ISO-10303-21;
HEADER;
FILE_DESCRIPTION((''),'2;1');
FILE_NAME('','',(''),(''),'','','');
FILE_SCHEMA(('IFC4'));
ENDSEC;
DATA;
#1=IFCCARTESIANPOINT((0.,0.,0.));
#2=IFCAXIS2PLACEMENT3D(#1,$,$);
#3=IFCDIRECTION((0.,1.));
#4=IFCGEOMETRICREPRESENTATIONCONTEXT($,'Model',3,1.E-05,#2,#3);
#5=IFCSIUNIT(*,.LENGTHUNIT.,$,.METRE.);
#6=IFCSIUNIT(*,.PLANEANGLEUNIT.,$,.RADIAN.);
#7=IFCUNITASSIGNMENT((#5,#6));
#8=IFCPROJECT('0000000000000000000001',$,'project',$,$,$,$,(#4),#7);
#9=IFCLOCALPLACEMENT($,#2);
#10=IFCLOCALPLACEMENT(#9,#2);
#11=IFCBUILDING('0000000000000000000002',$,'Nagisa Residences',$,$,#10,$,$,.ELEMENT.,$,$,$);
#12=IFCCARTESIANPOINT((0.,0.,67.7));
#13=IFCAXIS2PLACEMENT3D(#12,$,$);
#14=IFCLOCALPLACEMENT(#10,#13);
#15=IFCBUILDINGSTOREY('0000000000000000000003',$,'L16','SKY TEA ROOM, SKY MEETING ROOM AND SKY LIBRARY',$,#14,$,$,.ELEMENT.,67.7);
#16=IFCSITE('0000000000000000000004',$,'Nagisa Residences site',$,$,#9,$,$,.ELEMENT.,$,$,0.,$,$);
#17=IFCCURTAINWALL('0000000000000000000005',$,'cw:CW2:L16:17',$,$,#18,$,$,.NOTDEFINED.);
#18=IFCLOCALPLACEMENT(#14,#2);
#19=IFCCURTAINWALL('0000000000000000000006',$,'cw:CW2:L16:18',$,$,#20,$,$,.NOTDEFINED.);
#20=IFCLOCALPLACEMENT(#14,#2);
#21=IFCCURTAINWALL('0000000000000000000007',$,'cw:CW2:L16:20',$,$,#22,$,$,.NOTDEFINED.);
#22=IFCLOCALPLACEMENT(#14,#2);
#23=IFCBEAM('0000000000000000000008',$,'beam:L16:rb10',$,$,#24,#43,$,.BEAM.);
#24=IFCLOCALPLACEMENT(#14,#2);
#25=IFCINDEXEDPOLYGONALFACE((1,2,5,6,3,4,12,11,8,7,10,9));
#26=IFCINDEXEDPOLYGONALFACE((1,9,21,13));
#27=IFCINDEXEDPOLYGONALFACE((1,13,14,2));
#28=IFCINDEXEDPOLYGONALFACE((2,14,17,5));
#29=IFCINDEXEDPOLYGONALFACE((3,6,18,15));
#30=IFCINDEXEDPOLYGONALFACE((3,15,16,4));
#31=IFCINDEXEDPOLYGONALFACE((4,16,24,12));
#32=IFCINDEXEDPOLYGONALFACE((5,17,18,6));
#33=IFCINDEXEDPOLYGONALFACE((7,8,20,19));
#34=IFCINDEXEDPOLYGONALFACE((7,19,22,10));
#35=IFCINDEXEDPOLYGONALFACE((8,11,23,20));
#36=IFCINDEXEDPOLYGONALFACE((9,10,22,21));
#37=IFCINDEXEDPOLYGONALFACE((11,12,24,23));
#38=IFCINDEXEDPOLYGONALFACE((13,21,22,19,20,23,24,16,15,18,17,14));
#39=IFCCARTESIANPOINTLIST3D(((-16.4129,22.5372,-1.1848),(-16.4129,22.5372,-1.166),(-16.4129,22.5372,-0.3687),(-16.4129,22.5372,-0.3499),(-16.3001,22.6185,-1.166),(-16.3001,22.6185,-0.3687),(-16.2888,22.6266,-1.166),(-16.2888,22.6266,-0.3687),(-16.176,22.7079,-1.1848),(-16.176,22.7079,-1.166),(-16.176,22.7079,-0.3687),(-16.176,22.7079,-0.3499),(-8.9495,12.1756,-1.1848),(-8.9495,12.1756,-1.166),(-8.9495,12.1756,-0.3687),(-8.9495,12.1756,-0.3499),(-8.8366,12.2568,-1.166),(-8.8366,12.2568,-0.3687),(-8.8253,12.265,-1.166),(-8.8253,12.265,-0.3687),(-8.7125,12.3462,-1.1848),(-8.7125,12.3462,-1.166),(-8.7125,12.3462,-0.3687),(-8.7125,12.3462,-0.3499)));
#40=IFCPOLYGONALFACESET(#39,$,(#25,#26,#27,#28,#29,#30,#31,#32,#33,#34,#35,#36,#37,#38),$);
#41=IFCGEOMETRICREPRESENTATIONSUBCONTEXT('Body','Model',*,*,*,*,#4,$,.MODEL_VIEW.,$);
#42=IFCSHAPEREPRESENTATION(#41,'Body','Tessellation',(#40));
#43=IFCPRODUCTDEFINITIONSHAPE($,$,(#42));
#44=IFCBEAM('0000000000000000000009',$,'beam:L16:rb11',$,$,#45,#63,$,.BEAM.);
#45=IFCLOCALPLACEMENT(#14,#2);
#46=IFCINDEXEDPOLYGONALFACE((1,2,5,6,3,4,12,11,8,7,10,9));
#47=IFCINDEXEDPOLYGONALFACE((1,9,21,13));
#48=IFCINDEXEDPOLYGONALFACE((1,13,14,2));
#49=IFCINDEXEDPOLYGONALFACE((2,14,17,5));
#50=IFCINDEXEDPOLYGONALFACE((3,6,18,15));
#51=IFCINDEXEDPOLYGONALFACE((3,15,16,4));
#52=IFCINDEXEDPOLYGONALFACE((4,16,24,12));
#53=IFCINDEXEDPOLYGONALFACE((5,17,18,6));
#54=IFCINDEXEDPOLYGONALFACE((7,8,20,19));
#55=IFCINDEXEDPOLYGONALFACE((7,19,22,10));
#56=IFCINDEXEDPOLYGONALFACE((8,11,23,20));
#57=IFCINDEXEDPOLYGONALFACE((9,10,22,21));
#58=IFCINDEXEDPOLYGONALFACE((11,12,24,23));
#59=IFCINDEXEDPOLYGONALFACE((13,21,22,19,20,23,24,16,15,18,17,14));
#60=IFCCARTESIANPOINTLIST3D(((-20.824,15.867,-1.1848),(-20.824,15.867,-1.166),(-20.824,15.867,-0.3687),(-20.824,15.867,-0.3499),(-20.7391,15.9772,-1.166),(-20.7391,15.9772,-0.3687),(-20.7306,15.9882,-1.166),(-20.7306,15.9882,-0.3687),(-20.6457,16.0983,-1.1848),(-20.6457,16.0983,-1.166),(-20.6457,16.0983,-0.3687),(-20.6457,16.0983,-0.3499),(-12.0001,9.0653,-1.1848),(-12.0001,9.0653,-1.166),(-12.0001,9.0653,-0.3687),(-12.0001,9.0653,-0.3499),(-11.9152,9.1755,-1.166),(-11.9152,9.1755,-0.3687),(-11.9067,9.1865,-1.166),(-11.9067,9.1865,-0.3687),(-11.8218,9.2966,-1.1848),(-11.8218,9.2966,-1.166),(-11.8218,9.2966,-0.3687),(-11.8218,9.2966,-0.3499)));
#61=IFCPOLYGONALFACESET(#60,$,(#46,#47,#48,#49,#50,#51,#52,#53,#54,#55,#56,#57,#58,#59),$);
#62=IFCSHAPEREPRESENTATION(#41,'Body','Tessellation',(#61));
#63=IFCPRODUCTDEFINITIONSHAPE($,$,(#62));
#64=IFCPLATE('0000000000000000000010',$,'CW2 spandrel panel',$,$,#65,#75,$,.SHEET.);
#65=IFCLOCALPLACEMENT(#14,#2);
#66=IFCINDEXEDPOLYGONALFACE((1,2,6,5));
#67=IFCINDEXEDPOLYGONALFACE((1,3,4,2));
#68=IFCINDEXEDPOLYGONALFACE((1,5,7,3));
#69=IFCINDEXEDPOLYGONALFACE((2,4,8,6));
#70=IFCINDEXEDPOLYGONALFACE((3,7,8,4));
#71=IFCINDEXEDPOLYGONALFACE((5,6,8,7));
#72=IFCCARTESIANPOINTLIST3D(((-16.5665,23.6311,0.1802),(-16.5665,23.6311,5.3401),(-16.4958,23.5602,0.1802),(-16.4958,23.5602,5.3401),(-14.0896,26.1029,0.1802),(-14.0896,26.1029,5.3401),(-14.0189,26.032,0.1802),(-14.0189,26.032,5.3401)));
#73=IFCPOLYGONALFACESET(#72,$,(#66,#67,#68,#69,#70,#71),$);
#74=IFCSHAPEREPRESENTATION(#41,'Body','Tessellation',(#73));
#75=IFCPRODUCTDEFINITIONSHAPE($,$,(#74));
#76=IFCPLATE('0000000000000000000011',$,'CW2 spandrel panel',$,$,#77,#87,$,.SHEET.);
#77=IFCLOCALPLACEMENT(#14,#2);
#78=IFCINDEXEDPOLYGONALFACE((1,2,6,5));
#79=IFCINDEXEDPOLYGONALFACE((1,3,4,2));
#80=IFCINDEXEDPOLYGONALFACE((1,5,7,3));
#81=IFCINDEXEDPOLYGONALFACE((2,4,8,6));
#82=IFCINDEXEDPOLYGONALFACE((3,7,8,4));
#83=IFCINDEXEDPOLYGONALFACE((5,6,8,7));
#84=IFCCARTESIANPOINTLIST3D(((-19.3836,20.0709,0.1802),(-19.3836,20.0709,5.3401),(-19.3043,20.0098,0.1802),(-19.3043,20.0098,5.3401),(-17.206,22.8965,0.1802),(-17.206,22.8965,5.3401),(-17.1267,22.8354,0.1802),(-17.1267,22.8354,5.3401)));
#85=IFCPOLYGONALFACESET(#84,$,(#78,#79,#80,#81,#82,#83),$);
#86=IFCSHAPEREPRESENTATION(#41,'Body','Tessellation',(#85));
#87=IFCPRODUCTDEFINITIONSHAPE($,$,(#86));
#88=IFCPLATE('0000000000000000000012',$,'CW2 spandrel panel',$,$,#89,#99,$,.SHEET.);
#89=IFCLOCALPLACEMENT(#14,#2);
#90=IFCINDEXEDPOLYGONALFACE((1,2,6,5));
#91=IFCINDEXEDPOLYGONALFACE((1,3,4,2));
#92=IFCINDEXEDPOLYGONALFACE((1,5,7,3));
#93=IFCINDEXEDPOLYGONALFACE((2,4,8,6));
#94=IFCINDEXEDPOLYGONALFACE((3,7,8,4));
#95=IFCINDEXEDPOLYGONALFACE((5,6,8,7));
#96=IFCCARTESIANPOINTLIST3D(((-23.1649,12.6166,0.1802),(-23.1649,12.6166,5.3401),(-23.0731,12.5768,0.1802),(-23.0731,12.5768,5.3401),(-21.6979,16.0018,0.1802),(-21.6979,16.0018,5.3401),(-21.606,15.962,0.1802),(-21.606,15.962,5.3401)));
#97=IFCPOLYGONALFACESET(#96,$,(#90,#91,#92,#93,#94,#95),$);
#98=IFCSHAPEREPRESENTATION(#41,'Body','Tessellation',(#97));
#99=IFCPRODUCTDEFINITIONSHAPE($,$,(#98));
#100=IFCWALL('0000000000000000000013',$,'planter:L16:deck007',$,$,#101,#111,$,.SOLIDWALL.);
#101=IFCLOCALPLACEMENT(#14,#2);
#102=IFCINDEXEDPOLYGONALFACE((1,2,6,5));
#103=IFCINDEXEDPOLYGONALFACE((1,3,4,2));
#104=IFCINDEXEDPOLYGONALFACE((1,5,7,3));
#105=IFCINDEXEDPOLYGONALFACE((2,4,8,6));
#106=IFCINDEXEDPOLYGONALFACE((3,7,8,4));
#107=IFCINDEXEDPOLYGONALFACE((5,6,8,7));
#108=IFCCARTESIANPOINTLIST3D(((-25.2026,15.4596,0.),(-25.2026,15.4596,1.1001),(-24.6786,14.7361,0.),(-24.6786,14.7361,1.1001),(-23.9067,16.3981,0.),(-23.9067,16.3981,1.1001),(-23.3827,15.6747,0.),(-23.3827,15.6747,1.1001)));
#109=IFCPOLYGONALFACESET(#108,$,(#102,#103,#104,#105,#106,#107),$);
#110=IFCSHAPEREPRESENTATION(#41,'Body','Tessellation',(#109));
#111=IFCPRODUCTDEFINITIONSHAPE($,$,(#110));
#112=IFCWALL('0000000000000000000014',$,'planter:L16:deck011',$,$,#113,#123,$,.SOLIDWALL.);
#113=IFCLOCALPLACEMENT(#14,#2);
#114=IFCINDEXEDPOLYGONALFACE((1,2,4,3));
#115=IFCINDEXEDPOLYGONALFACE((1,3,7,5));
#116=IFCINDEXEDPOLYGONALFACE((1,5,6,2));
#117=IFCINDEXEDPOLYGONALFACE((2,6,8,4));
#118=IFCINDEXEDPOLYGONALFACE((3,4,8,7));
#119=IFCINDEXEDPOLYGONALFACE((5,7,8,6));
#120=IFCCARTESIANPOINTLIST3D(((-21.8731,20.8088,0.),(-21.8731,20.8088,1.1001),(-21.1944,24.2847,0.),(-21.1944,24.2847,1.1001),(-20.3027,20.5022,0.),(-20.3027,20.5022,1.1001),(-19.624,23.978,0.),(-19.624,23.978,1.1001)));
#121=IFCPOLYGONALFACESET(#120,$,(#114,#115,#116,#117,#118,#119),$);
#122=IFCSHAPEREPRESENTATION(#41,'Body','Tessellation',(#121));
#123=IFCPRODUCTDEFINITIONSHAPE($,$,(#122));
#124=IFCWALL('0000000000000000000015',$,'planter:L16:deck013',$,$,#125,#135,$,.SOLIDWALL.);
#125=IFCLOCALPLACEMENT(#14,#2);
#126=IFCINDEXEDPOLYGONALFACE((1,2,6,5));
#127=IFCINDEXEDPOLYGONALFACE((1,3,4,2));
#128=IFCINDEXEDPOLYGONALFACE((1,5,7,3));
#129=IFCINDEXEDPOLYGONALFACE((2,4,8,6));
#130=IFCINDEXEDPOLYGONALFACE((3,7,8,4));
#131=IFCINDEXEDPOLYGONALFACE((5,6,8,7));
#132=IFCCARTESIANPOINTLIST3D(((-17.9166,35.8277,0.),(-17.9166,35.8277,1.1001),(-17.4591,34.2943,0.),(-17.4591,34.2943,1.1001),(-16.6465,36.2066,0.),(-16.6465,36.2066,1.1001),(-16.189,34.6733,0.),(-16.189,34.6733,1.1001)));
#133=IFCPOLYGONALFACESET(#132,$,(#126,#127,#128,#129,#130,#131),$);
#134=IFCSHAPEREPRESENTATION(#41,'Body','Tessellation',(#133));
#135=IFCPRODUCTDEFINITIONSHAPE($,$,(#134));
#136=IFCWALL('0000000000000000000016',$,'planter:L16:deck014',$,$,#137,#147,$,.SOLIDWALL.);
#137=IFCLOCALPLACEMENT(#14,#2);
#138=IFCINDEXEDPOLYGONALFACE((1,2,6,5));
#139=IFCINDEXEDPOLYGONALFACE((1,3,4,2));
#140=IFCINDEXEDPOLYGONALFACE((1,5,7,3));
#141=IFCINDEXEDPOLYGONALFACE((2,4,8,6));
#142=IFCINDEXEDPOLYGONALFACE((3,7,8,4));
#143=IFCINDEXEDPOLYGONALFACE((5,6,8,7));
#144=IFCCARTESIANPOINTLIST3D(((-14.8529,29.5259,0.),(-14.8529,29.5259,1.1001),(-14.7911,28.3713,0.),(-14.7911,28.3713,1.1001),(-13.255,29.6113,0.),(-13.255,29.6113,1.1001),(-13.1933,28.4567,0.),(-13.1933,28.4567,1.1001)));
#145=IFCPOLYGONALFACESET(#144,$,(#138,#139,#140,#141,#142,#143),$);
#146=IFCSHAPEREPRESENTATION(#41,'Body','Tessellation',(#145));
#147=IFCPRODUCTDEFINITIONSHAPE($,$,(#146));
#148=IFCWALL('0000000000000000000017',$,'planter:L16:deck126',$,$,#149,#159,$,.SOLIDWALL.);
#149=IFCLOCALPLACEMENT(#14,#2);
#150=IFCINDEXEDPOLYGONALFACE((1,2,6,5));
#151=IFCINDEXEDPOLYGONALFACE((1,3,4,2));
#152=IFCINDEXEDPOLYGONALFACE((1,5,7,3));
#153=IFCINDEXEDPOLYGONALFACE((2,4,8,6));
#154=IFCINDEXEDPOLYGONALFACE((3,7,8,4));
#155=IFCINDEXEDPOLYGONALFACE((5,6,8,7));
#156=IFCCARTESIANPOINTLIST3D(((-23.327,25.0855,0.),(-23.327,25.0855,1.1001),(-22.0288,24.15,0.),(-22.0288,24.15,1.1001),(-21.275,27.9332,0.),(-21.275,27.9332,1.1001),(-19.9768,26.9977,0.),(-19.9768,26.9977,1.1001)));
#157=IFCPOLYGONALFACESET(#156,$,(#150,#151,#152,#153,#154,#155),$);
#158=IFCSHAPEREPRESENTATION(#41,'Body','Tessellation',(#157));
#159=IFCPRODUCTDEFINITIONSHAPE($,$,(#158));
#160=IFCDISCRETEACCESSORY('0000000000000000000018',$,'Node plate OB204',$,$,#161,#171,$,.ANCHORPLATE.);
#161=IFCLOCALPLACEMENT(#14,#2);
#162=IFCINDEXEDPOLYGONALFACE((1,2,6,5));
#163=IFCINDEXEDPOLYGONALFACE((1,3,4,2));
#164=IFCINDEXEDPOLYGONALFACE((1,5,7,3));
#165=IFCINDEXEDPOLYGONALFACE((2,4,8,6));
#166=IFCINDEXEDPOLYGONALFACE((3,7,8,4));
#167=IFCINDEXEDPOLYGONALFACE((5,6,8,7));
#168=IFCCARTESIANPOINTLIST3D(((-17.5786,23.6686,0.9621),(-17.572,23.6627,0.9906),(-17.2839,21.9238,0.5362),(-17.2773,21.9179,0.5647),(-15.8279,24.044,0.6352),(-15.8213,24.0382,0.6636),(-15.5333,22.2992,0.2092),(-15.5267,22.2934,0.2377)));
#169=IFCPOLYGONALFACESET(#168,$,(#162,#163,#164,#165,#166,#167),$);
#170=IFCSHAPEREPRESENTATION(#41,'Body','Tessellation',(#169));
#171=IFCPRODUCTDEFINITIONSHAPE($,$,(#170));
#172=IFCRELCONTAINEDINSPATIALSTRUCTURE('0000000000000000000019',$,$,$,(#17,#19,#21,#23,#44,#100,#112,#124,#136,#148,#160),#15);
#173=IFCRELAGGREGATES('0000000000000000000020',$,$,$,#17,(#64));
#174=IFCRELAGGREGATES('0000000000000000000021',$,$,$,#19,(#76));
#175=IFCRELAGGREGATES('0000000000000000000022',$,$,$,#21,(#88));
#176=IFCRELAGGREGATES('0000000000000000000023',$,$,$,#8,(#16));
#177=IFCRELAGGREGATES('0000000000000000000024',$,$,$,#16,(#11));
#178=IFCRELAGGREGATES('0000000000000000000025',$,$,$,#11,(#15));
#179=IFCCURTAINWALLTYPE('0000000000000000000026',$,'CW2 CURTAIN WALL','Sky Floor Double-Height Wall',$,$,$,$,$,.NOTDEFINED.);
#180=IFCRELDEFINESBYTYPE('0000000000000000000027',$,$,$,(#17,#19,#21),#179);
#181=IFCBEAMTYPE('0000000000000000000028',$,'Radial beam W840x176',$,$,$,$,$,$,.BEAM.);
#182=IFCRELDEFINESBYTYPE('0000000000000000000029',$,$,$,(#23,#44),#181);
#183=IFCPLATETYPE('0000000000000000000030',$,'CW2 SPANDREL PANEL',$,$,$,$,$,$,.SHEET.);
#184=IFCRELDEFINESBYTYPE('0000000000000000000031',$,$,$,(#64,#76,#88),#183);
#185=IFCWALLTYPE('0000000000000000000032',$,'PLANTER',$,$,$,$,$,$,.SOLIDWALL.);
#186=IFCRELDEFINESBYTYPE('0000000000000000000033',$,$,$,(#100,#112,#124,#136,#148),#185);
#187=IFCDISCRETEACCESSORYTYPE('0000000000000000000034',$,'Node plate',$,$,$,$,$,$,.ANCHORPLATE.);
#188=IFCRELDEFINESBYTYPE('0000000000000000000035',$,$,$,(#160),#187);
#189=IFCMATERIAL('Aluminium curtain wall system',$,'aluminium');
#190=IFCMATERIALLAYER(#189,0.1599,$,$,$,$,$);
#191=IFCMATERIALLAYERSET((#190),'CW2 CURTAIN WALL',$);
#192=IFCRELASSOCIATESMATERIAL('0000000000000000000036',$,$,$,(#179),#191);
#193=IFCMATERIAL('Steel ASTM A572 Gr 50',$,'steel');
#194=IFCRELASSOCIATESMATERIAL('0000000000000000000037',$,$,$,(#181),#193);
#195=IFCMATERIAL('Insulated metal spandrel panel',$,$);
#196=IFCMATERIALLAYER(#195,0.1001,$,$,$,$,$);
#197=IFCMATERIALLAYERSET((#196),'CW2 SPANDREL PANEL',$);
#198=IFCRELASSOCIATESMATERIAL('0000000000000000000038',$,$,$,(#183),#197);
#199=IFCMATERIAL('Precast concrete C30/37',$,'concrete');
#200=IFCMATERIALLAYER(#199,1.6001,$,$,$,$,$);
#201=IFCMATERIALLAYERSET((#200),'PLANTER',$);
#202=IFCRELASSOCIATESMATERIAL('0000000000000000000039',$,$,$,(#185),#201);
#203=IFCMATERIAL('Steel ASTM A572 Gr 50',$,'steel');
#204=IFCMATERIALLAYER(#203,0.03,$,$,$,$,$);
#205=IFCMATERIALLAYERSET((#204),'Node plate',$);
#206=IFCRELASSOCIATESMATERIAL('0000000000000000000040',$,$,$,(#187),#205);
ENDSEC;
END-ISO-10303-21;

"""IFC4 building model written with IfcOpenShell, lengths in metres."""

from ifc_helpers import new_model, si_unit, direction, frame, frame_2d, origin, origin_2d, place, context, subcontext, project, spatial, rectangle, i_section, extrude, material, layer, layer_set, material_profile, profile_set, type_object, element, aggregate, save


model = new_model("IFC4")

# Units and contexts
model_context = context("Model", 3, precision=1e-05, world=origin(), true_north=direction((0.0, 1.0)))
body_context = subcontext(model_context, "Body", "Model", "MODEL_VIEW")
ifc_project = project(units=[si_unit("LENGTHUNIT", "METRE"), si_unit("PLANEANGLEUNIT", "RADIAN")], contexts=[model_context])

# Site, building, storey
site_placement = place(None, origin())
site = spatial("IfcSite", under=ifc_project, at=site_placement, Name="Nagisa Residences site", CompositionType="ELEMENT", RefElevation=0.0)
building_placement = place(site_placement, origin())
building = spatial("IfcBuilding", under=site, at=building_placement, Name="Nagisa Residences", CompositionType="ELEMENT")
storey_placement = place(building_placement, frame((0.0, 0.0, 67.7)))
storey = spatial("IfcBuildingStorey", under=building, at=storey_placement, Name="L16", Description="SKY TEA ROOM, SKY MEETING ROOM AND SKY LIBRARY", CompositionType="ELEMENT", Elevation=67.7)

# Curtain walls
ifc_material_1 = material(Name="Aluminium curtain wall system", Category="aluminium")
ifc_layer_1 = layer(ifc_material_1, 0.1599)
ifc_layer_set_1 = layer_set([ifc_layer_1], Name="CW2 CURTAIN WALL")
curtain_wall_type = type_object("IfcCurtainWallType", Name="CW2 CURTAIN WALL", Description="Sky Floor Double-Height Wall", PredefinedType="NOTDEFINED", material=ifc_layer_set_1)
curtain_wall_1_placement = place(storey_placement, origin())
curtain_wall_1 = element("IfcCurtainWall", 1, at=curtain_wall_1_placement, inside=storey, type_object=curtain_wall_type, Name="cw:CW2:L16:17", PredefinedType="NOTDEFINED")
curtain_wall_2_placement = place(storey_placement, origin())
curtain_wall_2 = element("IfcCurtainWall", 2, at=curtain_wall_2_placement, inside=storey, type_object=curtain_wall_type, Name="cw:CW2:L16:18", PredefinedType="NOTDEFINED")
curtain_wall_3_placement = place(storey_placement, origin())
curtain_wall_3 = element("IfcCurtainWall", 3, at=curtain_wall_3_placement, inside=storey, type_object=curtain_wall_type, Name="cw:CW2:L16:20", PredefinedType="NOTDEFINED")

# Beams
ifc_material_2 = material(Name="Steel ASTM A572 Gr 50", Category="steel")
ifc_material_profile_1 = material_profile(ifc_material_2, i_section(OverallWidth=0.292, OverallDepth=0.835, WebThickness=0.0139, FlangeThickness=0.0188, at=origin_2d()), Name="W840x176")
ifc_profile_set_1 = profile_set([ifc_material_profile_1], Name="Steel ASTM A572 Gr 50")
beam_type_1 = type_object("IfcBeamType", Name="Radial beam W840x176", PredefinedType="BEAM", material=ifc_profile_set_1)
beam_1_placement = place(storey_placement, frame((-16.2944, 22.6226, -0.7673), z_axis=(0.584462, -0.811421, 0.0), x_axis=(0.811421, 0.584462, 0.0)))
element("IfcBeam", 4, at=beam_1_placement, inside=storey, type_object=beam_type_1, Name="beam:L16:rb10", PredefinedType="BEAM", context=body_context, shape_type="SweptSolid", body=[
    extrude(i_section(OverallWidth=0.292, OverallDepth=0.835, WebThickness=0.0139, FlangeThickness=0.0188, at=origin_2d()), origin(), (0.0, 0.0, 1.0), 12.7698),
])
beam_2_placement = place(storey_placement, frame((-20.7349, 15.9827, -0.7673), z_axis=(0.792013, -0.610505, 0.0), x_axis=(0.610505, 0.792013, 0.0)))
element("IfcBeam", 5, at=beam_2_placement, inside=storey, type_object=beam_type_1, Name="beam:L16:rb11", PredefinedType="BEAM", context=body_context, shape_type="SweptSolid", body=[
    extrude(i_section(OverallWidth=0.292, OverallDepth=0.835, WebThickness=0.0139, FlangeThickness=0.0188, at=origin_2d()), origin(), (0.0, 0.0, 1.0), 11.1411),
])

# Plates
ifc_material_3 = material(Name="Insulated metal spandrel panel")
ifc_layer_2 = layer(ifc_material_3, 0.1001)
ifc_layer_set_2 = layer_set([ifc_layer_2], Name="CW2 SPANDREL PANEL")
plate_type = type_object("IfcPlateType", Name="CW2 SPANDREL PANEL", PredefinedType="SHEET", material=ifc_layer_set_2)
plate_1_placement = place(storey_placement, frame((-15.2927, 24.8315, 0.1802), z_axis=(0.0, 0.0, 1.0), x_axis=(-0.707836, -0.706377, 0.0)))
plate_1 = element("IfcPlate", 6, at=plate_1_placement, type_object=plate_type, Name="CW2 spandrel panel", PredefinedType="SHEET", context=body_context, shape_type="SweptSolid", body=[
    extrude(rectangle(XDim=3.4993, YDim=0.1001, at=origin_2d()), origin(), (0.0, 0.0, 1.0), 5.1599),
])
aggregate(curtain_wall_1, [plate_1])
plate_2_placement = place(storey_placement, frame((-18.2551, 21.4531, 0.1802), z_axis=(0.0, 0.0, 1.0), x_axis=(-0.61043, -0.79207, 0.0)))
plate_2 = element("IfcPlate", 7, at=plate_2_placement, type_object=plate_type, Name="CW2 spandrel panel", PredefinedType="SHEET", context=body_context, shape_type="SweptSolid", body=[
    extrude(rectangle(XDim=3.5674, YDim=0.1001, at=origin_2d()), origin(), (0.0, 0.0, 1.0), 5.1599),
])
aggregate(curtain_wall_2, [plate_2])
plate_3_placement = place(storey_placement, frame((-22.3855, 14.2893, 0.1802), z_axis=(0.0, 0.0, 1.0), x_axis=(-0.397636, -0.917543, 0.0)))
plate_3 = element("IfcPlate", 8, at=plate_3_placement, type_object=plate_type, Name="CW2 spandrel panel", PredefinedType="SHEET", context=body_context, shape_type="SweptSolid", body=[
    extrude(rectangle(XDim=3.6895, YDim=0.1001, at=origin_2d()), origin(), (0.0, 0.0, 1.0), 5.1599),
])
aggregate(curtain_wall_3, [plate_3])

# Walls
ifc_material_4 = material(Name="Precast concrete C30/37", Category="concrete")
ifc_layer_3 = layer(ifc_material_4, 1.6001)
ifc_layer_set_3 = layer_set([ifc_layer_3], Name="PLANTER")
wall_type_1 = type_object("IfcWallType", Name="PLANTER", PredefinedType="SOLIDWALL", material=ifc_layer_set_3)
wall_1_placement = place(storey_placement, frame((-24.5547, 15.929, 0.0), z_axis=(0.0, 0.0, 1.0), x_axis=(0.586578, -0.809893, 0.0)))
element("IfcWall", 9, at=wall_1_placement, inside=storey, type_object=wall_type_1, Name="planter:L16:deck007", PredefinedType="SOLIDWALL", context=body_context, shape_type="SweptSolid", body=[
    extrude(rectangle(XDim=0.8933, YDim=1.6001, at=frame_2d((0.4468, 0.0))), origin(), (0.0, 0.0, 1.0), 1.1001),
])
wall_2_placement = place(storey_placement, frame((-20.4092, 24.1313, 0.0), z_axis=(0.0, 0.0, 1.0), x_axis=(-0.191646, -0.981464, 0.0)))
element("IfcWall", 10, at=wall_2_placement, inside=storey, type_object=wall_type_1, Name="planter:L16:deck011", PredefinedType="SOLIDWALL", context=body_context, shape_type="SweptSolid", body=[
    extrude(rectangle(XDim=3.5415, YDim=1.6001, at=frame_2d((1.7708, 0.0))), origin(), (0.0, 0.0, 1.0), 1.1001),
])
wall_3_placement = place(storey_placement, frame((-17.6877, 35.061, 0.0), z_axis=(0.0, 0.0, 1.0), x_axis=(0.958261, 0.285894, 0.0)))
element("IfcWall", 11, at=wall_3_placement, inside=storey, type_object=wall_type_1, Name="planter:L16:deck013", PredefinedType="SOLIDWALL", context=body_context, shape_type="SweptSolid", body=[
    extrude(rectangle(XDim=1.3254, YDim=1.6001, at=frame_2d((0.6626, 0.0))), origin(), (0.0, 0.0, 1.0), 1.1001),
])
wall_4_placement = place(storey_placement, frame((-14.054, 29.5686, 0.0), z_axis=(0.0, 0.0, 1.0), x_axis=(0.053423, -0.998572, 0.0)))
element("IfcWall", 12, at=wall_4_placement, inside=storey, type_object=wall_type_1, Name="planter:L16:deck014", PredefinedType="SOLIDWALL", context=body_context, shape_type="SweptSolid", body=[
    extrude(rectangle(XDim=1.1562, YDim=1.6001, at=frame_2d((0.5781, 0.0))), origin(), (0.0, 0.0, 1.0), 1.1001),
])
wall_5_placement = place(storey_placement, frame((-20.626, 27.4653, 0.0), z_axis=(0.0, 0.0, 1.0), x_axis=(-0.584622, -0.811306, 0.0)))
element("IfcWall", 13, at=wall_5_placement, inside=storey, type_object=wall_type_1, Name="planter:L16:deck126", PredefinedType="SOLIDWALL", context=body_context, shape_type="SweptSolid", body=[
    extrude(rectangle(XDim=3.51, YDim=1.6001, at=frame_2d((1.7549, 0.0))), origin(), (0.0, 0.0, 1.0), 1.1001),
])

# Discrete accessory
ifc_material_5 = material(Name="Steel ASTM A572 Gr 50", Category="steel")
ifc_layer_4 = layer(ifc_material_5, 0.03)
ifc_layer_set_4 = layer_set([ifc_layer_4], Name="Node plate")
discrete_accessory_type = type_object("IfcDiscreteAccessoryType", Name="Node plate", PredefinedType="ANCHORPLATE", material=ifc_layer_set_4)
discrete_accessory_placement = place(storey_placement, frame((-16.5559, 22.9839, 0.5857), z_axis=(0.220498, -0.195998, 0.955492), x_axis=(-0.161884, 0.958663, 0.234007)))
element("IfcDiscreteAccessory", 14, at=discrete_accessory_placement, inside=storey, type_object=discrete_accessory_type, Name="Node plate OB204", PredefinedType="ANCHORPLATE", context=body_context, shape_type="SweptSolid", body=[
    extrude(rectangle(XDim=1.8201, YDim=1.8201, at=origin_2d()), origin(), (0.0, 0.0, 1.0), 0.0298),
])

save(model, "model.ifc")
